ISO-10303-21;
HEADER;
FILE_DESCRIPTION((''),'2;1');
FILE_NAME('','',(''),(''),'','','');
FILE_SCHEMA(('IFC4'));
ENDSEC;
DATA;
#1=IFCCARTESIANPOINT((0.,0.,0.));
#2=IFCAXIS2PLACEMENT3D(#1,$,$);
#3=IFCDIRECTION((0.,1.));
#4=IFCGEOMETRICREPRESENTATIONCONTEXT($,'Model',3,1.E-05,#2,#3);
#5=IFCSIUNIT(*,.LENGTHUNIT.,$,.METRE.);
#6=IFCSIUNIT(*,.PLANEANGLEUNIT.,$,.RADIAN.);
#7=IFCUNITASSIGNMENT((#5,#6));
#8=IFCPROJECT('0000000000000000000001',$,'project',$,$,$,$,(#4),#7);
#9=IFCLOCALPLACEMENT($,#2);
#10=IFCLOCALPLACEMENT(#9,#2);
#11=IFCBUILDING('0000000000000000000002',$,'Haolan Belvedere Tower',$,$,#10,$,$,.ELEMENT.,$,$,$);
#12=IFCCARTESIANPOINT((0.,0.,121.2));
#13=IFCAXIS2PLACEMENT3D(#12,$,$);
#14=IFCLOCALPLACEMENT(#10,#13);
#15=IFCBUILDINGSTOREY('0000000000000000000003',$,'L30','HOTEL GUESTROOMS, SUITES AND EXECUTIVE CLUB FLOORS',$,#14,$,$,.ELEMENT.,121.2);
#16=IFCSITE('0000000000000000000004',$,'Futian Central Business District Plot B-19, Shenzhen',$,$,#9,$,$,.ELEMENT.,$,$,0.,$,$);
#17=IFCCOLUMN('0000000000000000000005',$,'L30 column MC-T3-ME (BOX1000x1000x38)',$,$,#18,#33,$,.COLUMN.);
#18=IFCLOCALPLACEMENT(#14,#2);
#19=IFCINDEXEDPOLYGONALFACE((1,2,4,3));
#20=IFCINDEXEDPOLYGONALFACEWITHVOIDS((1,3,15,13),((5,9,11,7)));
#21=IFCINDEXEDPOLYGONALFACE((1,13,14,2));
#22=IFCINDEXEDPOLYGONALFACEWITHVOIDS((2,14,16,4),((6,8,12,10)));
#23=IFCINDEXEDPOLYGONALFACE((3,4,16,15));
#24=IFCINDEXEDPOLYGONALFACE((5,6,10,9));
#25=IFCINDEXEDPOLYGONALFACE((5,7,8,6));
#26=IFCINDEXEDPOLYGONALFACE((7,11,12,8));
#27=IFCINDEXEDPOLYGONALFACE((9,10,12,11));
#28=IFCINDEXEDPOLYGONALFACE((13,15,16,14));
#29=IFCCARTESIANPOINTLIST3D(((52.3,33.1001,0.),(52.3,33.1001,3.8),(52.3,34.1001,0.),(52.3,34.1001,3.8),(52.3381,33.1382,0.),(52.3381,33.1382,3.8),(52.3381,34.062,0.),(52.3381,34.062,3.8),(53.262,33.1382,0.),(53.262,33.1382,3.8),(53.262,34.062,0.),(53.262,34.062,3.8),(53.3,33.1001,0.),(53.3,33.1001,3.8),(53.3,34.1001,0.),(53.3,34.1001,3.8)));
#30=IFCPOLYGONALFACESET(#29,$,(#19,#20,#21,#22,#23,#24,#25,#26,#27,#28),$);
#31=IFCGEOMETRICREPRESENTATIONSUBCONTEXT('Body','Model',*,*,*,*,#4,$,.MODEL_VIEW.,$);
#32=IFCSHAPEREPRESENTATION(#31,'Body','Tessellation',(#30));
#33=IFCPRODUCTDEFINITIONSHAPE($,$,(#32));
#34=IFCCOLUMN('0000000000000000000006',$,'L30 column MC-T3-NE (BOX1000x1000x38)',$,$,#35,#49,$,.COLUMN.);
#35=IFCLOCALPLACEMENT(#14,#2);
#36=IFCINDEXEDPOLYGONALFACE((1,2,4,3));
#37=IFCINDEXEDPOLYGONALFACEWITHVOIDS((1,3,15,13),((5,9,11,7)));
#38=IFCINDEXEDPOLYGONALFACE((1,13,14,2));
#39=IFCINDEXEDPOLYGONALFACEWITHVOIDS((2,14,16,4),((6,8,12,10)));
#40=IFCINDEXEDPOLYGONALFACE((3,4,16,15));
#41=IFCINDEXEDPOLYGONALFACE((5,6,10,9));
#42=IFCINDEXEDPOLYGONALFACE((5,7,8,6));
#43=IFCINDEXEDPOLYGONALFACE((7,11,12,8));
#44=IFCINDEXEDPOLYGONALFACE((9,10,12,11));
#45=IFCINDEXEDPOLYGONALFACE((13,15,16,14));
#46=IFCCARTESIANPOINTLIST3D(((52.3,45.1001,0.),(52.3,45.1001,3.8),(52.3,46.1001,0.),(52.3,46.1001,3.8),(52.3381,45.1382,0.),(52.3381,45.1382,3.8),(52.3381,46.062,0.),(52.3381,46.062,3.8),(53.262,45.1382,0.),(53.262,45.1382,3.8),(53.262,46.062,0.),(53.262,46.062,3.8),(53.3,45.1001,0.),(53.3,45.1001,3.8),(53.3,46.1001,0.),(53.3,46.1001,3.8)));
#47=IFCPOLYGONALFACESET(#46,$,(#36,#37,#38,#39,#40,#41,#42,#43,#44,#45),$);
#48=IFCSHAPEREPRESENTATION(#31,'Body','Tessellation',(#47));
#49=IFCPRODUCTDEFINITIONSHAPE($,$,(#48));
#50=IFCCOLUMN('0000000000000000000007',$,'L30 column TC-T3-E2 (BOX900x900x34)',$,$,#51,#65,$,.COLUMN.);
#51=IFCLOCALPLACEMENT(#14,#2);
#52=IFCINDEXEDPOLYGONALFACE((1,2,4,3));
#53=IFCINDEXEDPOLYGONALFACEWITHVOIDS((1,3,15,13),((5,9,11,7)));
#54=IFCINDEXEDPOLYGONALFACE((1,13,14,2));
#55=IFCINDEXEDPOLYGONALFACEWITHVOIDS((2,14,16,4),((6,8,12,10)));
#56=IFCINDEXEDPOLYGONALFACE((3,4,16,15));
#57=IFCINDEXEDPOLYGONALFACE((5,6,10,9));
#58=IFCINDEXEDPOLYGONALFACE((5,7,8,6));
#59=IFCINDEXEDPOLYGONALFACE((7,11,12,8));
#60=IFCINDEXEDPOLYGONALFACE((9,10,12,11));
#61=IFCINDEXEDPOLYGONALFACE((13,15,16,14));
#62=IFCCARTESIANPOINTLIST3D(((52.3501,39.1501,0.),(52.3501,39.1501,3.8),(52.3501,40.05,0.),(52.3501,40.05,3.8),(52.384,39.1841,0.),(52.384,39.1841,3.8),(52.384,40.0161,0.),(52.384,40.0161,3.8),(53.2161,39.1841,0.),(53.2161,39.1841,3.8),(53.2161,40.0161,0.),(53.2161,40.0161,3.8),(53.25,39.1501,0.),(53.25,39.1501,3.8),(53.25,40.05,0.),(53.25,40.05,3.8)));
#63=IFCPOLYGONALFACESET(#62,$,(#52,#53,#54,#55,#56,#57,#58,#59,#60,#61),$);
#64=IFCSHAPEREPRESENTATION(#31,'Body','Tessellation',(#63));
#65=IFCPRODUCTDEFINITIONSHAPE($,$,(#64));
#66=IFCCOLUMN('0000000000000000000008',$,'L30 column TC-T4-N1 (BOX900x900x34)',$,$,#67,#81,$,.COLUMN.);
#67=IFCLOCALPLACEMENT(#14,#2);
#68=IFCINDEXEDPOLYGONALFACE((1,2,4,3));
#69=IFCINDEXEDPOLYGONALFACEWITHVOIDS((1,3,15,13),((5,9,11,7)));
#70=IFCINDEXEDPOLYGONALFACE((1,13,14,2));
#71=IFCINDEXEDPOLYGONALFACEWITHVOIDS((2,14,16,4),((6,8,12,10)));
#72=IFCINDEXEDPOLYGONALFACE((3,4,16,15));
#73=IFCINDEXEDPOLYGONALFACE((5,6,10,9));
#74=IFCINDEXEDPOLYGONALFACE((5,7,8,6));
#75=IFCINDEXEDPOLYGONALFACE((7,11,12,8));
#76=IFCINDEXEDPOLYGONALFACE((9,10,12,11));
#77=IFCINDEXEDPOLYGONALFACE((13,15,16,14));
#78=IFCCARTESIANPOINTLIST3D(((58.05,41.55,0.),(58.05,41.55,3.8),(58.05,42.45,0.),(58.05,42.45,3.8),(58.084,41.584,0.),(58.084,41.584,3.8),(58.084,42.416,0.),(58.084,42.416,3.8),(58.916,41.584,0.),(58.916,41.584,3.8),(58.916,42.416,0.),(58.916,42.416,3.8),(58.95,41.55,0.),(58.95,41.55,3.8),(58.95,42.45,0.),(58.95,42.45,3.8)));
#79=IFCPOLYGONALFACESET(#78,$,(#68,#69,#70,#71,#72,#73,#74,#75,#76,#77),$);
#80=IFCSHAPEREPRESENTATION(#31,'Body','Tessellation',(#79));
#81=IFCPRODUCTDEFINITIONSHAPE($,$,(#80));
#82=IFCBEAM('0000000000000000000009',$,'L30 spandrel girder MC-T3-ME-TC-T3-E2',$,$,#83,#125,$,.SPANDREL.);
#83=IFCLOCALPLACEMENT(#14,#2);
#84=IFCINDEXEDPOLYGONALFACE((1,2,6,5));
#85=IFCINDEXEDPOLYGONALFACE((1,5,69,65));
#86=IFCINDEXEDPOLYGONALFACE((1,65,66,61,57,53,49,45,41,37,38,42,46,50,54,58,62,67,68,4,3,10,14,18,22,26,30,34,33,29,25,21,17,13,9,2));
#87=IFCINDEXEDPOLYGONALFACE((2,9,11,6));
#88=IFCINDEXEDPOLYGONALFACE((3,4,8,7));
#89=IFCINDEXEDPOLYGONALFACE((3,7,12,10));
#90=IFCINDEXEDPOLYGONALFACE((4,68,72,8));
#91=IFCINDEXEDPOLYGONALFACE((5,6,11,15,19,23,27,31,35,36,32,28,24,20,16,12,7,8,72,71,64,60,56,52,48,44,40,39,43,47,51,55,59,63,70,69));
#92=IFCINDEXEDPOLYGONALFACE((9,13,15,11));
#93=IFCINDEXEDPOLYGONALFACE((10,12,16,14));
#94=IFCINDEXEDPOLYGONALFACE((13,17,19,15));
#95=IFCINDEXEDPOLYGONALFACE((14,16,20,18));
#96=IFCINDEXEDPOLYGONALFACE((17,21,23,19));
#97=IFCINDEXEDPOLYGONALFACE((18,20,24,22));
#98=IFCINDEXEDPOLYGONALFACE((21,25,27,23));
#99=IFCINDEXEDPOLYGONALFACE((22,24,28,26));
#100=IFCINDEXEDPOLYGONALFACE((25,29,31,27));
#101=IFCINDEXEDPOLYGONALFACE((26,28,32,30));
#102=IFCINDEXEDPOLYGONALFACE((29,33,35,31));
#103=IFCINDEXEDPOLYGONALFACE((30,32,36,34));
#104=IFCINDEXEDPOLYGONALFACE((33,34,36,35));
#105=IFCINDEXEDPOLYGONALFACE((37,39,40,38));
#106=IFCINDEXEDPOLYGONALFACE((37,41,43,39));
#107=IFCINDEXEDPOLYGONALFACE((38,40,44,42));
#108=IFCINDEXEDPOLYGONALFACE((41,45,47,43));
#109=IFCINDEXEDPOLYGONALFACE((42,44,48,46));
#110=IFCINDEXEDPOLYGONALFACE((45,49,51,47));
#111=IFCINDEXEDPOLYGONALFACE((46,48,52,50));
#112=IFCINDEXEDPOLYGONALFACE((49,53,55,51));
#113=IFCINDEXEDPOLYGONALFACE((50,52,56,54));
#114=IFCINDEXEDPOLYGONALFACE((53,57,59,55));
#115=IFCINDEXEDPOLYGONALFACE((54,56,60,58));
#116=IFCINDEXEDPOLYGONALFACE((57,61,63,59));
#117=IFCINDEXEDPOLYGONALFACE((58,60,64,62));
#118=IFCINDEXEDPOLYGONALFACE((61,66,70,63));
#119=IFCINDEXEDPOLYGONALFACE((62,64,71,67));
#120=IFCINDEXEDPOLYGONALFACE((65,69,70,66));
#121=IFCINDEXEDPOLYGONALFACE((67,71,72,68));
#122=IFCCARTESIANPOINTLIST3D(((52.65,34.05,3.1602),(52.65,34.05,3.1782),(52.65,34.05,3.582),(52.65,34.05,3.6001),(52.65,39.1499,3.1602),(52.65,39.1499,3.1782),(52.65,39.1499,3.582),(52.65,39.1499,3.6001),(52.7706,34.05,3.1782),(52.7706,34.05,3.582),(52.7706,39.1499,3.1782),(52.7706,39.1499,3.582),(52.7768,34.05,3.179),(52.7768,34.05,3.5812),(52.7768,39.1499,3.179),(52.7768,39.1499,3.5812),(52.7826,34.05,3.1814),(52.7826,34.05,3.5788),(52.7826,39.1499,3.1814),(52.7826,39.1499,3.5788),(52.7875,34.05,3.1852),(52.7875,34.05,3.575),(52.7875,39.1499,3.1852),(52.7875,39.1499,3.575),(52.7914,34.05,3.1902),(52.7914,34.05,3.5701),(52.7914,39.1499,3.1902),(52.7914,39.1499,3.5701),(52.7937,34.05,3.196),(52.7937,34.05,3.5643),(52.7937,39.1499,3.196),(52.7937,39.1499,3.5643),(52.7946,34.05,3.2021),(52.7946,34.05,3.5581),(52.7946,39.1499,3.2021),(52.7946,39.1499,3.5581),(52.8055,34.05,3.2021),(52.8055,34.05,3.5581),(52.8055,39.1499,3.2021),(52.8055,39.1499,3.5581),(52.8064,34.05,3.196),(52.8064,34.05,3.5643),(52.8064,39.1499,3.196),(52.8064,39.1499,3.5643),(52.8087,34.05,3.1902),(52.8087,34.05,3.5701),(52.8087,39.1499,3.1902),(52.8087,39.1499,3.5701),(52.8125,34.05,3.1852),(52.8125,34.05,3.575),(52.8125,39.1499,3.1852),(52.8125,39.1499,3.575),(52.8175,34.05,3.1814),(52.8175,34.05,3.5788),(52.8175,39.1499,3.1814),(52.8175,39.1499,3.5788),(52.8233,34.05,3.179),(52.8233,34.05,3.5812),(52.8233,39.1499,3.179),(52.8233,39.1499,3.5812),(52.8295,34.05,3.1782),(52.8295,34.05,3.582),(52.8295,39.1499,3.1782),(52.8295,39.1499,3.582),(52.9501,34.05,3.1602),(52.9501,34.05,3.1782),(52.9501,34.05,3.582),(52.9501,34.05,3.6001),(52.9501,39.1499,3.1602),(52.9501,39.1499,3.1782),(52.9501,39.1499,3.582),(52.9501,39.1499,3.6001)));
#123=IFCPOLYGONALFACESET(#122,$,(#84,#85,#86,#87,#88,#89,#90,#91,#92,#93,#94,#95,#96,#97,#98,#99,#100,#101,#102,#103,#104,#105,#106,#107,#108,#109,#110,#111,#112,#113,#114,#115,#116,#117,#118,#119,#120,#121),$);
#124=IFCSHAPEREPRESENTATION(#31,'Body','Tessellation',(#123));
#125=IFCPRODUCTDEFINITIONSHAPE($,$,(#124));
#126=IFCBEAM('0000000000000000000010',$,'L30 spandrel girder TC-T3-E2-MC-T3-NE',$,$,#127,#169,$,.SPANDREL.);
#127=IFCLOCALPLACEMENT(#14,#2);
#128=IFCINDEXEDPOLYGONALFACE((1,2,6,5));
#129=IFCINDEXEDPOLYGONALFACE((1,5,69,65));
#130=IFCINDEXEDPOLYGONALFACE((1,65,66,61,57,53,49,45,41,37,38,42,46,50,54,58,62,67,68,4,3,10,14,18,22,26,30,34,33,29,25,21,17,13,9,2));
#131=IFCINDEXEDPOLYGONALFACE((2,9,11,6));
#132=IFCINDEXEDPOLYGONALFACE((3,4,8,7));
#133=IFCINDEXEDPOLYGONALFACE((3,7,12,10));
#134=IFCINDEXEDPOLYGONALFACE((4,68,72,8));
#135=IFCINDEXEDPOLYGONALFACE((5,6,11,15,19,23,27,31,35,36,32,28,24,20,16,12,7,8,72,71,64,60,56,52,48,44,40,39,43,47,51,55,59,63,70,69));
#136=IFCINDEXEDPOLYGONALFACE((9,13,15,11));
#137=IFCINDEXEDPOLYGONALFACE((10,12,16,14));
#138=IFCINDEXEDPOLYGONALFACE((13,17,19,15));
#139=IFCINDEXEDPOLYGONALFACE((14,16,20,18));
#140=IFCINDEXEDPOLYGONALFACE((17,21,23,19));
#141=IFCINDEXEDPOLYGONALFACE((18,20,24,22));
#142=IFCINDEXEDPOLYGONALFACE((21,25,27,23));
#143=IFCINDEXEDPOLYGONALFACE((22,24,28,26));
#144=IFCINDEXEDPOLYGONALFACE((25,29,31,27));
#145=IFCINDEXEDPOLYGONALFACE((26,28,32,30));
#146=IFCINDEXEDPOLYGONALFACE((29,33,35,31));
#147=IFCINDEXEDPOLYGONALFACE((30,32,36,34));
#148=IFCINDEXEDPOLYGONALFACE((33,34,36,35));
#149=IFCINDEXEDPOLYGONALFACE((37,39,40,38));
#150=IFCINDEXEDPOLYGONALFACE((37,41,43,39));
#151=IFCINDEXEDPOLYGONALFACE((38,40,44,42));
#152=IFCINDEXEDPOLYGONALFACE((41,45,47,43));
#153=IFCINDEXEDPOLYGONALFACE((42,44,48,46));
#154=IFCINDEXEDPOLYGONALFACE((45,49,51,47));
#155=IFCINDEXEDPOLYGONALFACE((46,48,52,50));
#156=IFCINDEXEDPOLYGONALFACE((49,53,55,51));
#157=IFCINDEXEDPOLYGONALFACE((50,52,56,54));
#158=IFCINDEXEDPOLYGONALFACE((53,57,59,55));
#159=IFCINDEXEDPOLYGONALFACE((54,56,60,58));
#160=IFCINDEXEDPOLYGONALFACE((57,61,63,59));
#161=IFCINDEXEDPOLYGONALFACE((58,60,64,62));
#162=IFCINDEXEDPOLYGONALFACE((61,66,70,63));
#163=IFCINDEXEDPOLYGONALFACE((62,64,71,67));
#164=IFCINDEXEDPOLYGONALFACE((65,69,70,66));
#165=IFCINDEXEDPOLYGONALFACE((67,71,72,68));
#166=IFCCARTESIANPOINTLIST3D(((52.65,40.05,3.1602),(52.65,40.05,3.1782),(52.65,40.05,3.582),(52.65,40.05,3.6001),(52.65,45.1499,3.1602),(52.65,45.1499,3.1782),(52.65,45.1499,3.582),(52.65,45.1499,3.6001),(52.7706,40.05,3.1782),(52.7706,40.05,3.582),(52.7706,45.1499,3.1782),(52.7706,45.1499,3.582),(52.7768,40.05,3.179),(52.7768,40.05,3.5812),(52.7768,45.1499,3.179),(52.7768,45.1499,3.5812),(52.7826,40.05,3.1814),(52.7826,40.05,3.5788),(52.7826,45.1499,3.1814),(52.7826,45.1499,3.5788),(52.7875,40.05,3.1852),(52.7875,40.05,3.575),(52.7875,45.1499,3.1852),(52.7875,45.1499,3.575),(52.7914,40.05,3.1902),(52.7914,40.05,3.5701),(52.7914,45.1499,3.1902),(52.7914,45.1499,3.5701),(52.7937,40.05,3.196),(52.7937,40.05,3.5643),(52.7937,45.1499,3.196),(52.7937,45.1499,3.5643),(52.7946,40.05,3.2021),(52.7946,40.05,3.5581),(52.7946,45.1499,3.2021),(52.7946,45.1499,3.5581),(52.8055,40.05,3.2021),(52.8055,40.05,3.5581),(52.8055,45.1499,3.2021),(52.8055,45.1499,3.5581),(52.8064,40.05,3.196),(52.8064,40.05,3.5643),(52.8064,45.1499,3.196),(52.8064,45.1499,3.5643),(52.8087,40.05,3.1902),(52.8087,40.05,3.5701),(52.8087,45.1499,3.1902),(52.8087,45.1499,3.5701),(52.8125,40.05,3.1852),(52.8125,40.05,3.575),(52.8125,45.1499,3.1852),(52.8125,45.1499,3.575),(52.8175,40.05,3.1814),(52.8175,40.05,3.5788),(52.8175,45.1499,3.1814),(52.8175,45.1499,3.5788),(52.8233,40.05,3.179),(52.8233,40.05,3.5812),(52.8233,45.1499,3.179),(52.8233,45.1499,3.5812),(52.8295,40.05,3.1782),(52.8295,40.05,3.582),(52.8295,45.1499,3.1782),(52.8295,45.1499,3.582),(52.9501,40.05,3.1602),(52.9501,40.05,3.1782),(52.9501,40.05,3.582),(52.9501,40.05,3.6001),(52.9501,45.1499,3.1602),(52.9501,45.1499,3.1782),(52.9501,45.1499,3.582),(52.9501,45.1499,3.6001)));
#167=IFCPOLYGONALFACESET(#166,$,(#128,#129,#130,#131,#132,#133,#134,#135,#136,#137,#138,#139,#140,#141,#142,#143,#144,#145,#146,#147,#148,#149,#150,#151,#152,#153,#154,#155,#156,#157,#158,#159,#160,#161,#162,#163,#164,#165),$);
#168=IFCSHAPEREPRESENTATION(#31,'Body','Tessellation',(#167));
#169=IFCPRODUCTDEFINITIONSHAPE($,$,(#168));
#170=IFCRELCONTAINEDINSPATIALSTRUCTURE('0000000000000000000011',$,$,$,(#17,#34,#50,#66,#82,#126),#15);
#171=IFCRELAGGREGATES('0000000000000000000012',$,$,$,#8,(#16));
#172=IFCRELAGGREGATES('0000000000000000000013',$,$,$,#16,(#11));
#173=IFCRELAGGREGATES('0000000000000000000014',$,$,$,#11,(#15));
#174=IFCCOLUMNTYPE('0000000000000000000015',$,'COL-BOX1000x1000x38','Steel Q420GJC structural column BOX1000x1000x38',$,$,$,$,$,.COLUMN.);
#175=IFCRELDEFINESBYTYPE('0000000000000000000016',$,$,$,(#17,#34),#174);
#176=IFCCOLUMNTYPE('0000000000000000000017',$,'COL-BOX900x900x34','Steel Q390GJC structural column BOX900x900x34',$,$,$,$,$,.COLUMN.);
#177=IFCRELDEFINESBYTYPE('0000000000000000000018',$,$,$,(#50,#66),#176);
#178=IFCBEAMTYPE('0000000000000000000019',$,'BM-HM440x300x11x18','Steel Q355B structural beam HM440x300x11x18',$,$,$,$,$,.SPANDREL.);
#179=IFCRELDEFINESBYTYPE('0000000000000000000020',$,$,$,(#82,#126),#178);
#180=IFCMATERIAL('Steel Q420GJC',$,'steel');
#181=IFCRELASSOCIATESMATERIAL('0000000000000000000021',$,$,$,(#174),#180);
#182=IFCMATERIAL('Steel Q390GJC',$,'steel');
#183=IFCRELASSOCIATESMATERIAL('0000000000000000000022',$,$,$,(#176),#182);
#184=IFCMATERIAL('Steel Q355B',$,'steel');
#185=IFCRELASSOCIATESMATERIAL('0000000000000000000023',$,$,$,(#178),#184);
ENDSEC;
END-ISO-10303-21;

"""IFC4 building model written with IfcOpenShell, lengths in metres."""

from ifc_helpers import new_model, si_unit, direction, frame, origin, origin_2d, place, context, subcontext, project, spatial, hollow_rectangle, i_section, extrude, material, material_profile, profile_set, type_object, element, save


model = new_model("IFC4")

# Units and contexts
model_context = context("Model", 3, precision=1e-05, world=origin(), true_north=direction((0.0, 1.0)))
body_context = subcontext(model_context, "Body", "Model", "MODEL_VIEW")
ifc_project = project(units=[si_unit("LENGTHUNIT", "METRE"), si_unit("PLANEANGLEUNIT", "RADIAN")], contexts=[model_context])

# Site, building, storey
site_placement = place(None, origin())
site = spatial("IfcSite", under=ifc_project, at=site_placement, Name="Futian Central Business District Plot B-19, Shenzhen", CompositionType="ELEMENT", RefElevation=0.0)
building_placement = place(site_placement, origin())
building = spatial("IfcBuilding", under=site, at=building_placement, Name="Haolan Belvedere Tower", CompositionType="ELEMENT")
storey_placement = place(building_placement, frame((0.0, 0.0, 121.2)))
storey = spatial("IfcBuildingStorey", under=building, at=storey_placement, Name="L30", Description="HOTEL GUESTROOMS, SUITES AND EXECUTIVE CLUB FLOORS", CompositionType="ELEMENT", Elevation=121.2)

# Columns
ifc_material_1 = material(Name="Steel Q420GJC", Category="steel")
ifc_material_profile_1 = material_profile(ifc_material_1, hollow_rectangle(XDim=1.0, YDim=1.0, WallThickness=0.0381, at=origin_2d()), Name="Steel Q420GJC")
ifc_profile_set_1 = profile_set([ifc_material_profile_1], Name="Steel Q420GJC")
column_type_1 = type_object("IfcColumnType", Name="COL-BOX1000x1000x38", Description="Steel Q420GJC structural column BOX1000x1000x38", PredefinedType="COLUMN", material=ifc_profile_set_1)
for number, where, z_axis, x_axis, name in (
    (1, (52.8, 33.6001, 0.0), (0.0, 0.0, 1.0), (1.0, 0.0, 0.0), "L30 column MC-T3-ME (BOX1000x1000x38)"),
    (2, (52.8, 45.6001, 0.0), (0.0, 0.0, 1.0), (1.0, 0.0, 0.0), "L30 column MC-T3-NE (BOX1000x1000x38)"),
):
    element("IfcColumn", number, at=place(storey_placement, frame(where, z_axis=z_axis, x_axis=x_axis)), inside=storey, type_object=column_type_1, Name=name, PredefinedType="COLUMN", context=body_context, shape_type="SweptSolid", body=[
        extrude(hollow_rectangle(XDim=1.0, YDim=1.0, WallThickness=0.0381, at=origin_2d()), origin(), (0.0, 0.0, 1.0), 3.8),
    ])
ifc_material_2 = material(Name="Steel Q390GJC", Category="steel")
ifc_material_profile_2 = material_profile(ifc_material_2, hollow_rectangle(XDim=0.8999, YDim=0.8999, WallThickness=0.0339, at=origin_2d()), Name="Steel Q390GJC")
ifc_profile_set_2 = profile_set([ifc_material_profile_2], Name="Steel Q390GJC")
column_type_2 = type_object("IfcColumnType", Name="COL-BOX900x900x34", Description="Steel Q390GJC structural column BOX900x900x34", PredefinedType="COLUMN", material=ifc_profile_set_2)
for number, where, z_axis, x_axis, name in (
    (3, (52.8, 39.6001, 0.0), (0.0, 0.0, 1.0), (1.0, 0.0, 0.0), "L30 column TC-T3-E2 (BOX900x900x34)"),
    (4, (58.5, 42.0, 0.0), (0.0, 0.0, 1.0), (1.0, 0.0, 0.0), "L30 column TC-T4-N1 (BOX900x900x34)"),
):
    element("IfcColumn", number, at=place(storey_placement, frame(where, z_axis=z_axis, x_axis=x_axis)), inside=storey, type_object=column_type_2, Name=name, PredefinedType="COLUMN", context=body_context, shape_type="SweptSolid", body=[
        extrude(hollow_rectangle(XDim=0.8999, YDim=0.8999, WallThickness=0.0339, at=origin_2d()), origin(), (0.0, 0.0, 1.0), 3.8),
    ])

# Beams
ifc_material_3 = material(Name="Steel Q355B", Category="steel")
ifc_material_profile_3 = material_profile(ifc_material_3, i_section(OverallWidth=0.3, OverallDepth=0.4399, WebThickness=0.011, FlangeThickness=0.0181, FilletRadius=0.0239, at=origin_2d()), Name="Steel Q355B")
ifc_profile_set_3 = profile_set([ifc_material_profile_3], Name="Steel Q355B")
beam_type_1 = type_object("IfcBeamType", Name="BM-HM440x300x11x18", Description="Steel Q355B structural beam HM440x300x11x18", PredefinedType="SPANDREL", material=ifc_profile_set_3)
for number, where, z_axis, x_axis, name in (
    (5, (52.8, 34.05, 3.3801), (0.0, 1.0, 0.0), (-1.0, 0.0, 0.0), "L30 spandrel girder MC-T3-ME-TC-T3-E2"),
    (6, (52.8, 40.05, 3.3801), (0.0, 1.0, 0.0), (-1.0, 0.0, 0.0), "L30 spandrel girder TC-T3-E2-MC-T3-NE"),
):
    element("IfcBeam", number, at=place(storey_placement, frame(where, z_axis=z_axis, x_axis=x_axis)), inside=storey, type_object=beam_type_1, Name=name, PredefinedType="SPANDREL", context=body_context, shape_type="SweptSolid", body=[
        extrude(i_section(OverallWidth=0.3, OverallDepth=0.4399, WebThickness=0.011, FlangeThickness=0.0181, FilletRadius=0.0239, at=origin_2d()), origin(), (0.0, 0.0, 1.0), 5.0999),
    ])

save(model, "model.ifc")
